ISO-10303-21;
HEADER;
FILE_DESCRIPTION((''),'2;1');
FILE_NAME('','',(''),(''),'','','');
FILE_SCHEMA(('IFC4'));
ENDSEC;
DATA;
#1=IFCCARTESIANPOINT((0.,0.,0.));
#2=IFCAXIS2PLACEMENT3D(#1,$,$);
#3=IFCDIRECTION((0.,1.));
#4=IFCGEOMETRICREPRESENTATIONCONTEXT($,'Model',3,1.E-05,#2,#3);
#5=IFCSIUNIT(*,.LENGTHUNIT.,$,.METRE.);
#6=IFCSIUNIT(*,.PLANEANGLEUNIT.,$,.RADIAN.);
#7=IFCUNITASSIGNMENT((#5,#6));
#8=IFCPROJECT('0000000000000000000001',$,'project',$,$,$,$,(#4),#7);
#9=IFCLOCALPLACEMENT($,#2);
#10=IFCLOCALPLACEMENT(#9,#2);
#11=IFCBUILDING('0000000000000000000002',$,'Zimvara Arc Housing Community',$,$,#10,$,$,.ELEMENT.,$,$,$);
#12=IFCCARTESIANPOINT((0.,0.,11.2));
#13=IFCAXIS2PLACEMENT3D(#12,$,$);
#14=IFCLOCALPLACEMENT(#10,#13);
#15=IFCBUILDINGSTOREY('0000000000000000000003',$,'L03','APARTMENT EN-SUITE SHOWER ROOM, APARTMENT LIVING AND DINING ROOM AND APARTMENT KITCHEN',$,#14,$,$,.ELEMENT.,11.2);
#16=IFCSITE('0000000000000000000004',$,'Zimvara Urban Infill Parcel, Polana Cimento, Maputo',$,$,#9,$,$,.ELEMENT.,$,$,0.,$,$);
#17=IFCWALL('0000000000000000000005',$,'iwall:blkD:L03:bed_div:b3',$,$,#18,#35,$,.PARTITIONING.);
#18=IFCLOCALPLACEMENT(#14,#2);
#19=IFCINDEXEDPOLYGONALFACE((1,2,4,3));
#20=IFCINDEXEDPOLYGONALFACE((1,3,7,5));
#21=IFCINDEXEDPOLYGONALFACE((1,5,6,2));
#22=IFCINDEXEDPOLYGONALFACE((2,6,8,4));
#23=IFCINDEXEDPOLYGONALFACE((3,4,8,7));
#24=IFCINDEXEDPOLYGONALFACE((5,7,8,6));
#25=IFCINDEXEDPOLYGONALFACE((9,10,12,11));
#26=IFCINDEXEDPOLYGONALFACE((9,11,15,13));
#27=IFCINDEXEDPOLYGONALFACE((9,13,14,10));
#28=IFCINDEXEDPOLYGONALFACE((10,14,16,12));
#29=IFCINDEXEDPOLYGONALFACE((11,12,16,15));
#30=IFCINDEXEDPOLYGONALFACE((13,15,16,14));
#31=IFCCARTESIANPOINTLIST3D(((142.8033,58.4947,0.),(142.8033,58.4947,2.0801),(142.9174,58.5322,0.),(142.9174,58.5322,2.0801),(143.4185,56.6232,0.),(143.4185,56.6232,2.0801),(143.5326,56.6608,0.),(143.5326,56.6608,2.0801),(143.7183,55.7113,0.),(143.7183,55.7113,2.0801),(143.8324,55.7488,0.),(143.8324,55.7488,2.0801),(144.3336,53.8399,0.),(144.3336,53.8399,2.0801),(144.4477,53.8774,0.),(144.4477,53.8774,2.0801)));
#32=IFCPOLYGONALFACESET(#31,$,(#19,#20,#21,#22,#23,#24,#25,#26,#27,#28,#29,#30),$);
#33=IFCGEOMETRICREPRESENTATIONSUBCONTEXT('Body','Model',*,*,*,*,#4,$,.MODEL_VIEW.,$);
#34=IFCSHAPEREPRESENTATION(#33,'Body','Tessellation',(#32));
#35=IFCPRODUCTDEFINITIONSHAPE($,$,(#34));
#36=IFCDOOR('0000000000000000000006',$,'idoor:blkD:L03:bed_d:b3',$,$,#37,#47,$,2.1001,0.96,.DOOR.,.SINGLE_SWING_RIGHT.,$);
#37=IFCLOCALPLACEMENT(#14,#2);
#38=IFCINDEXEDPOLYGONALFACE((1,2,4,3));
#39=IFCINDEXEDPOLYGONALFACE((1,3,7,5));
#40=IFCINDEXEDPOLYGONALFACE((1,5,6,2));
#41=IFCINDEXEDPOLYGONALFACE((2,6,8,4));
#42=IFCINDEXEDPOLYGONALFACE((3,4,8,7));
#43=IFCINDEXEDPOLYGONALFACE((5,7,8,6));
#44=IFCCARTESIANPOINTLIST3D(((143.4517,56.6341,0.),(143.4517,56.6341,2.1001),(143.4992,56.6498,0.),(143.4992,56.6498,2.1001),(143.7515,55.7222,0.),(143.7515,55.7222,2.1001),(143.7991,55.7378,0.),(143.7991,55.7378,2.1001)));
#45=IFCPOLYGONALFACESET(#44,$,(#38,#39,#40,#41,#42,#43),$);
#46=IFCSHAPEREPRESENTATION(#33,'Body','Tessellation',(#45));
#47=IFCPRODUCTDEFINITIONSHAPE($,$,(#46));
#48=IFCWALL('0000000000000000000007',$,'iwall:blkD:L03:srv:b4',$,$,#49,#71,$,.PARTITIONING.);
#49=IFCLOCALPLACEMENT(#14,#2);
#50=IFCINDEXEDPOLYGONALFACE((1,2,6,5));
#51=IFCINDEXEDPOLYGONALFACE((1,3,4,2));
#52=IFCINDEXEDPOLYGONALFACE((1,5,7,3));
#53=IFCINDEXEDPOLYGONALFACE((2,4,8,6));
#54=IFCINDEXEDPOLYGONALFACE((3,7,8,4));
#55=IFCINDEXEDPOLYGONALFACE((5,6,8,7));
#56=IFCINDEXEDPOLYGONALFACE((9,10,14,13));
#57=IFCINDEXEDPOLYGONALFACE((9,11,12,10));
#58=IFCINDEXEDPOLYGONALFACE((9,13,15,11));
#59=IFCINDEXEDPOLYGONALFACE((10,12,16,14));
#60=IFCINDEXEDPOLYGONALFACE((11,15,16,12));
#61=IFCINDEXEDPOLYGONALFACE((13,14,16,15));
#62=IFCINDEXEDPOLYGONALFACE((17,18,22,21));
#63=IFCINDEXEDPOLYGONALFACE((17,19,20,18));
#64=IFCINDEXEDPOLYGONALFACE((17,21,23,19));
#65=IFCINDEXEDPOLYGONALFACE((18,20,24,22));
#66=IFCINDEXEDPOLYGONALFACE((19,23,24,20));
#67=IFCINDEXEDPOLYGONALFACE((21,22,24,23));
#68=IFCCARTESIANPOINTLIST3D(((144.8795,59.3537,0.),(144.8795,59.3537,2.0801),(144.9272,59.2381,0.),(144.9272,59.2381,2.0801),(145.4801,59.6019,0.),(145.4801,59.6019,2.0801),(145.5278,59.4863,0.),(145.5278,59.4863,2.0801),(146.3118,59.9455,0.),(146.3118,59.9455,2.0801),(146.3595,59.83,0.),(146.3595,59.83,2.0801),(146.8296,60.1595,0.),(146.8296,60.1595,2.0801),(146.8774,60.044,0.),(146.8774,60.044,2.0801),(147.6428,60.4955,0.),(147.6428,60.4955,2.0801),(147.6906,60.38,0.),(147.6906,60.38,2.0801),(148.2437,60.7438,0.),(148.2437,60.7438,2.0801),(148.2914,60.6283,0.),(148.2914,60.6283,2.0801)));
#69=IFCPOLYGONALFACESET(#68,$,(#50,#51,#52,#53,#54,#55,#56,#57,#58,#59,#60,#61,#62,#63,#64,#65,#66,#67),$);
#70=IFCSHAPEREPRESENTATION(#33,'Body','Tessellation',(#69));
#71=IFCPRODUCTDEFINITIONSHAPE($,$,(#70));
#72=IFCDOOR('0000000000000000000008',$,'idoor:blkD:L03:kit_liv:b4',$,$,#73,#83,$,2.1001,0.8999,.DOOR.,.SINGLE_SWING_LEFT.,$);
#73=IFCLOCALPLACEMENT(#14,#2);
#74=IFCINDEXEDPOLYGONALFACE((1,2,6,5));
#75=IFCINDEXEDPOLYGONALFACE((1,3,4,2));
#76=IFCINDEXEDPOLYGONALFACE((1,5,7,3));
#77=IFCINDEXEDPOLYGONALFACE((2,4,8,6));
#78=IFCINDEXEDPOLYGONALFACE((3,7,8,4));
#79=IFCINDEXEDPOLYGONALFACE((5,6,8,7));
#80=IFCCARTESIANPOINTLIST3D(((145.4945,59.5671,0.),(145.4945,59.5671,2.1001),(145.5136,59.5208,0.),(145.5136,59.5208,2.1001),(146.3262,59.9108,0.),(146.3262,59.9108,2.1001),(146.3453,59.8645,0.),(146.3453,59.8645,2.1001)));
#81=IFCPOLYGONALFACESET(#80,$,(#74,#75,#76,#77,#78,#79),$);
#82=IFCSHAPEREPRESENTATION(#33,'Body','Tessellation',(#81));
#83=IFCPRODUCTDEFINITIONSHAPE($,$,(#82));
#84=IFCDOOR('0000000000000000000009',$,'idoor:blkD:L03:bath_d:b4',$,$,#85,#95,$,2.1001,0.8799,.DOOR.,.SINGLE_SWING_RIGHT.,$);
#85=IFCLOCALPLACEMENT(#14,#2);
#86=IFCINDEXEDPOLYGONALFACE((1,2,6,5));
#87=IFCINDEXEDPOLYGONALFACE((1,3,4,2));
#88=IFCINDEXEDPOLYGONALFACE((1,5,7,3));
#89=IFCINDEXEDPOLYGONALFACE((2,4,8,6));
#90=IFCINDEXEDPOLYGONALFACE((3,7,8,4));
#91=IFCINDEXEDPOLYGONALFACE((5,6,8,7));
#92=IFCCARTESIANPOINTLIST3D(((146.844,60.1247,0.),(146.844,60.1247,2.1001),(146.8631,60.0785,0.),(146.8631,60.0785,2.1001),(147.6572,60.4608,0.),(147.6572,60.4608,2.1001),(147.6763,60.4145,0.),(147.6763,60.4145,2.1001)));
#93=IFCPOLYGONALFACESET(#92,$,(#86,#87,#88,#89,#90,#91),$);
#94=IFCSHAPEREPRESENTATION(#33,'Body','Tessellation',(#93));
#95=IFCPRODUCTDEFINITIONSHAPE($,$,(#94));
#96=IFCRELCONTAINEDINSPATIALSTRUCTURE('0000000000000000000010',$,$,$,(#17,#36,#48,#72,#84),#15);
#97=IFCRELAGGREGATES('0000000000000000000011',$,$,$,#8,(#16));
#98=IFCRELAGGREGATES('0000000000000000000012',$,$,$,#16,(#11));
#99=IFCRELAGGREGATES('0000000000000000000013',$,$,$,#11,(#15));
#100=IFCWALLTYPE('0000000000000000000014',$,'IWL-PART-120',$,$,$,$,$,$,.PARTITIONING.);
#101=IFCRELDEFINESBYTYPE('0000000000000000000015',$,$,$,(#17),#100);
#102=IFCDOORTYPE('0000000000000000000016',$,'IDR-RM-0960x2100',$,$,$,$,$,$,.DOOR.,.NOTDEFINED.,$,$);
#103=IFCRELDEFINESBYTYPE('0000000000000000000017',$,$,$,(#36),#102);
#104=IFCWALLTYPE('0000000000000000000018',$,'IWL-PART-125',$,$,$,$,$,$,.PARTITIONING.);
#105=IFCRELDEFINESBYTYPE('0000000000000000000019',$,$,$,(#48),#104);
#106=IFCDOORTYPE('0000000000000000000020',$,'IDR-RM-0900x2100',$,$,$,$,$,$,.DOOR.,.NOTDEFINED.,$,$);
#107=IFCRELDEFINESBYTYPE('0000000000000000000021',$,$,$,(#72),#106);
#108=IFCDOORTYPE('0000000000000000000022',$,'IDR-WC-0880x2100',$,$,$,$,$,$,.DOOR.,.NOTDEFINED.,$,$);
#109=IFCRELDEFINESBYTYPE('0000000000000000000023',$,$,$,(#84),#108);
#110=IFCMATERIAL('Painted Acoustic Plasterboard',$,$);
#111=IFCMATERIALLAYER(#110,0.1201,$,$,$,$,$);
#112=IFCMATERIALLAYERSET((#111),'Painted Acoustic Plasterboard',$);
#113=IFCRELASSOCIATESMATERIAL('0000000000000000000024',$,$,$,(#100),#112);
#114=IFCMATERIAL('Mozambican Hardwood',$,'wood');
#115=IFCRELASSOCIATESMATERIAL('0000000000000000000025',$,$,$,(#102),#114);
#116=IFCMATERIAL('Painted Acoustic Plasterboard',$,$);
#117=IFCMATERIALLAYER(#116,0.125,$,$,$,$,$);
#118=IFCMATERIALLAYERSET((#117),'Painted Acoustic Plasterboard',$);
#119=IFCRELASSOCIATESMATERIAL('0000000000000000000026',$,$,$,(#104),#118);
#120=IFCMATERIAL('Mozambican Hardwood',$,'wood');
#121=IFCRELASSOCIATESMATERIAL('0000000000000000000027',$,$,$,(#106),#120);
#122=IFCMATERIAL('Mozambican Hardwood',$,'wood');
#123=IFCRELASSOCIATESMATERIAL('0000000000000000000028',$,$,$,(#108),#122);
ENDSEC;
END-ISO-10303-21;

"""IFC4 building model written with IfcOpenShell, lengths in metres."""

from ifc_helpers import new_model, si_unit, direction, frame, frame_2d, origin, place, context, subcontext, project, spatial, rectangle, extrude, material, layer, layer_set, type_object, element, fill, save


model = new_model("IFC4")

# Units and contexts
model_context = context("Model", 3, precision=1e-05, world=origin(), true_north=direction((0.0, 1.0)))
body_context = subcontext(model_context, "Body", "Model", "MODEL_VIEW")
ifc_project = project(units=[si_unit("LENGTHUNIT", "METRE"), si_unit("PLANEANGLEUNIT", "RADIAN")], contexts=[model_context])

# Site, building, storey
site_placement = place(None, origin())
site = spatial("IfcSite", under=ifc_project, at=site_placement, Name="Zimvara Urban Infill Parcel, Polana Cimento, Maputo", CompositionType="ELEMENT", RefElevation=0.0)
building_placement = place(site_placement, origin())
building = spatial("IfcBuilding", under=site, at=building_placement, Name="Zimvara Arc Housing Community", CompositionType="ELEMENT")
storey_placement = place(building_placement, frame((0.0, 0.0, 11.2)))
storey = spatial("IfcBuildingStorey", under=building, at=storey_placement, Name="L03", Description="APARTMENT EN-SUITE SHOWER ROOM, APARTMENT LIVING AND DINING ROOM AND APARTMENT KITCHEN", CompositionType="ELEMENT", Elevation=11.2)

# Wall, opening, door
ifc_material_1 = material(Name="Painted Acoustic Plasterboard")
ifc_layer_1 = layer(ifc_material_1, 0.1201)
ifc_layer_set_1 = layer_set([ifc_layer_1], Name="Painted Acoustic Plasterboard")
wall_type_1 = type_object("IfcWallType", Name="IWL-PART-120", PredefinedType="PARTITIONING", material=ifc_layer_set_1)
wall_1_placement = place(storey_placement, frame((142.8604, 58.5134, 0.0), z_axis=(0.0, 0.0, 1.0), x_axis=(0.312309, -0.949981, 0.0)))
wall_1 = element("IfcWall", 1, at=wall_1_placement, inside=storey, type_object=wall_type_1, Name="iwall:blkD:L03:bed_div:b3", PredefinedType="PARTITIONING", context=body_context, shape_type="SweptSolid", body=[
    extrude(rectangle(XDim=4.8999, YDim=0.1201, at=frame_2d((2.45, 0.0))), origin(), (0.0, 0.0, 1.0), 2.0801),
])
opening_1_placement = place(wall_1_placement, frame((1.97, 0.0, 0.0)))
opening_1 = element("IfcOpeningElement", 2, at=opening_1_placement, cuts=wall_1, PredefinedType="OPENING", context=body_context, shape_type="SweptSolid", body=[
    extrude(rectangle(XDim=0.96, YDim=2.1001, at=frame_2d((0.48, 1.05))), frame((0.0, 0.0701, 0.0), z_axis=(0.0, -1.0, 0.0), x_axis=(1.0, 0.0, 0.0)), (0.0, 0.0, 1.0), 0.1401),
])
ifc_material_2 = material(Name="Mozambican Hardwood", Category="wood")
door_type_1 = type_object("IfcDoorType", Name="IDR-RM-0960x2100", OperationType="NOTDEFINED", PredefinedType="DOOR", material=ifc_material_2)
door_1_placement = place(opening_1_placement, origin())
door_1 = element("IfcDoor", 3, at=door_1_placement, inside=storey, type_object=door_type_1, Name="idoor:blkD:L03:bed_d:b3", OperationType="SINGLE_SWING_RIGHT", OverallHeight=2.1001, OverallWidth=0.96, PredefinedType="DOOR", context=body_context, shape_type="SweptSolid", body=[
    extrude(rectangle(XDim=0.96, YDim=2.1001, at=frame_2d((0.48, 1.05))), frame((0.0, 0.0249, 0.0), z_axis=(0.0, -1.0, 0.0), x_axis=(1.0, 0.0, 0.0)), (0.0, 0.0, 1.0), 0.05),
])
fill(opening_1, door_1)

# Wall, openings, doors
ifc_material_3 = material(Name="Painted Acoustic Plasterboard")
ifc_layer_2 = layer(ifc_material_3, 0.125)
ifc_layer_set_2 = layer_set([ifc_layer_2], Name="Painted Acoustic Plasterboard")
wall_type_2 = type_object("IfcWallType", Name="IWL-PART-125", PredefinedType="PARTITIONING", material=ifc_layer_set_2)
wall_2_placement = place(storey_placement, frame((144.9033, 59.2959, 0.0), z_axis=(0.0, 0.0, 1.0), x_axis=(0.924208, 0.38189, 0.0)))
wall_2 = element("IfcWall", 4, at=wall_2_placement, inside=storey, type_object=wall_type_2, Name="iwall:blkD:L03:srv:b4", PredefinedType="PARTITIONING", context=body_context, shape_type="SweptSolid", body=[
    extrude(rectangle(XDim=3.6401, YDim=0.125, at=frame_2d((1.8201, 0.0))), origin(), (0.0, 0.0, 1.0), 2.0801),
])
opening_2_placement = place(wall_2_placement, frame((0.6499, 0.0, 0.0)))
opening_2 = element("IfcOpeningElement", 5, at=opening_2_placement, cuts=wall_2, PredefinedType="OPENING", context=body_context, shape_type="SweptSolid", body=[
    extrude(rectangle(XDim=0.8999, YDim=2.1001, at=frame_2d((0.45, 1.05))), frame((0.0, 0.0725, 0.0), z_axis=(0.0, -1.0, 0.0), x_axis=(1.0, 0.0, 0.0)), (0.0, 0.0, 1.0), 0.145),
])
opening_3_placement = place(wall_2_placement, frame((2.1101, 0.0, 0.0)))
opening_3 = element("IfcOpeningElement", 6, at=opening_3_placement, cuts=wall_2, PredefinedType="OPENING", context=body_context, shape_type="SweptSolid", body=[
    extrude(rectangle(XDim=0.8799, YDim=2.1001, at=frame_2d((0.4399, 1.05))), frame((0.0, 0.0725, 0.0), z_axis=(0.0, -1.0, 0.0), x_axis=(1.0, 0.0, 0.0)), (0.0, 0.0, 1.0), 0.145),
])
ifc_material_4 = material(Name="Mozambican Hardwood", Category="wood")
door_type_2 = type_object("IfcDoorType", Name="IDR-RM-0900x2100", OperationType="NOTDEFINED", PredefinedType="DOOR", material=ifc_material_4)
door_2_placement = place(opening_2_placement, origin())
door_2 = element("IfcDoor", 7, at=door_2_placement, inside=storey, type_object=door_type_2, Name="idoor:blkD:L03:kit_liv:b4", OperationType="SINGLE_SWING_LEFT", OverallHeight=2.1001, OverallWidth=0.8999, PredefinedType="DOOR", context=body_context, shape_type="SweptSolid", body=[
    extrude(rectangle(XDim=0.8999, YDim=2.1001, at=frame_2d((0.45, 1.05))), frame((0.0, 0.0249, 0.0), z_axis=(0.0, -1.0, 0.0), x_axis=(1.0, 0.0, 0.0)), (0.0, 0.0, 1.0), 0.05),
])
fill(opening_2, door_2)
ifc_material_5 = material(Name="Mozambican Hardwood", Category="wood")
door_type_3 = type_object("IfcDoorType", Name="IDR-WC-0880x2100", OperationType="NOTDEFINED", PredefinedType="DOOR", material=ifc_material_5)
door_3_placement = place(opening_3_placement, origin())
door_3 = element("IfcDoor", 8, at=door_3_placement, inside=storey, type_object=door_type_3, Name="idoor:blkD:L03:bath_d:b4", OperationType="SINGLE_SWING_RIGHT", OverallHeight=2.1001, OverallWidth=0.8799, PredefinedType="DOOR", context=body_context, shape_type="SweptSolid", body=[
    extrude(rectangle(XDim=0.8799, YDim=2.1001, at=frame_2d((0.4399, 1.05))), frame((0.0, 0.0249, 0.0), z_axis=(0.0, -1.0, 0.0), x_axis=(1.0, 0.0, 0.0)), (0.0, 0.0, 1.0), 0.05),
])
fill(opening_3, door_3)

save(model, "model.ifc")
